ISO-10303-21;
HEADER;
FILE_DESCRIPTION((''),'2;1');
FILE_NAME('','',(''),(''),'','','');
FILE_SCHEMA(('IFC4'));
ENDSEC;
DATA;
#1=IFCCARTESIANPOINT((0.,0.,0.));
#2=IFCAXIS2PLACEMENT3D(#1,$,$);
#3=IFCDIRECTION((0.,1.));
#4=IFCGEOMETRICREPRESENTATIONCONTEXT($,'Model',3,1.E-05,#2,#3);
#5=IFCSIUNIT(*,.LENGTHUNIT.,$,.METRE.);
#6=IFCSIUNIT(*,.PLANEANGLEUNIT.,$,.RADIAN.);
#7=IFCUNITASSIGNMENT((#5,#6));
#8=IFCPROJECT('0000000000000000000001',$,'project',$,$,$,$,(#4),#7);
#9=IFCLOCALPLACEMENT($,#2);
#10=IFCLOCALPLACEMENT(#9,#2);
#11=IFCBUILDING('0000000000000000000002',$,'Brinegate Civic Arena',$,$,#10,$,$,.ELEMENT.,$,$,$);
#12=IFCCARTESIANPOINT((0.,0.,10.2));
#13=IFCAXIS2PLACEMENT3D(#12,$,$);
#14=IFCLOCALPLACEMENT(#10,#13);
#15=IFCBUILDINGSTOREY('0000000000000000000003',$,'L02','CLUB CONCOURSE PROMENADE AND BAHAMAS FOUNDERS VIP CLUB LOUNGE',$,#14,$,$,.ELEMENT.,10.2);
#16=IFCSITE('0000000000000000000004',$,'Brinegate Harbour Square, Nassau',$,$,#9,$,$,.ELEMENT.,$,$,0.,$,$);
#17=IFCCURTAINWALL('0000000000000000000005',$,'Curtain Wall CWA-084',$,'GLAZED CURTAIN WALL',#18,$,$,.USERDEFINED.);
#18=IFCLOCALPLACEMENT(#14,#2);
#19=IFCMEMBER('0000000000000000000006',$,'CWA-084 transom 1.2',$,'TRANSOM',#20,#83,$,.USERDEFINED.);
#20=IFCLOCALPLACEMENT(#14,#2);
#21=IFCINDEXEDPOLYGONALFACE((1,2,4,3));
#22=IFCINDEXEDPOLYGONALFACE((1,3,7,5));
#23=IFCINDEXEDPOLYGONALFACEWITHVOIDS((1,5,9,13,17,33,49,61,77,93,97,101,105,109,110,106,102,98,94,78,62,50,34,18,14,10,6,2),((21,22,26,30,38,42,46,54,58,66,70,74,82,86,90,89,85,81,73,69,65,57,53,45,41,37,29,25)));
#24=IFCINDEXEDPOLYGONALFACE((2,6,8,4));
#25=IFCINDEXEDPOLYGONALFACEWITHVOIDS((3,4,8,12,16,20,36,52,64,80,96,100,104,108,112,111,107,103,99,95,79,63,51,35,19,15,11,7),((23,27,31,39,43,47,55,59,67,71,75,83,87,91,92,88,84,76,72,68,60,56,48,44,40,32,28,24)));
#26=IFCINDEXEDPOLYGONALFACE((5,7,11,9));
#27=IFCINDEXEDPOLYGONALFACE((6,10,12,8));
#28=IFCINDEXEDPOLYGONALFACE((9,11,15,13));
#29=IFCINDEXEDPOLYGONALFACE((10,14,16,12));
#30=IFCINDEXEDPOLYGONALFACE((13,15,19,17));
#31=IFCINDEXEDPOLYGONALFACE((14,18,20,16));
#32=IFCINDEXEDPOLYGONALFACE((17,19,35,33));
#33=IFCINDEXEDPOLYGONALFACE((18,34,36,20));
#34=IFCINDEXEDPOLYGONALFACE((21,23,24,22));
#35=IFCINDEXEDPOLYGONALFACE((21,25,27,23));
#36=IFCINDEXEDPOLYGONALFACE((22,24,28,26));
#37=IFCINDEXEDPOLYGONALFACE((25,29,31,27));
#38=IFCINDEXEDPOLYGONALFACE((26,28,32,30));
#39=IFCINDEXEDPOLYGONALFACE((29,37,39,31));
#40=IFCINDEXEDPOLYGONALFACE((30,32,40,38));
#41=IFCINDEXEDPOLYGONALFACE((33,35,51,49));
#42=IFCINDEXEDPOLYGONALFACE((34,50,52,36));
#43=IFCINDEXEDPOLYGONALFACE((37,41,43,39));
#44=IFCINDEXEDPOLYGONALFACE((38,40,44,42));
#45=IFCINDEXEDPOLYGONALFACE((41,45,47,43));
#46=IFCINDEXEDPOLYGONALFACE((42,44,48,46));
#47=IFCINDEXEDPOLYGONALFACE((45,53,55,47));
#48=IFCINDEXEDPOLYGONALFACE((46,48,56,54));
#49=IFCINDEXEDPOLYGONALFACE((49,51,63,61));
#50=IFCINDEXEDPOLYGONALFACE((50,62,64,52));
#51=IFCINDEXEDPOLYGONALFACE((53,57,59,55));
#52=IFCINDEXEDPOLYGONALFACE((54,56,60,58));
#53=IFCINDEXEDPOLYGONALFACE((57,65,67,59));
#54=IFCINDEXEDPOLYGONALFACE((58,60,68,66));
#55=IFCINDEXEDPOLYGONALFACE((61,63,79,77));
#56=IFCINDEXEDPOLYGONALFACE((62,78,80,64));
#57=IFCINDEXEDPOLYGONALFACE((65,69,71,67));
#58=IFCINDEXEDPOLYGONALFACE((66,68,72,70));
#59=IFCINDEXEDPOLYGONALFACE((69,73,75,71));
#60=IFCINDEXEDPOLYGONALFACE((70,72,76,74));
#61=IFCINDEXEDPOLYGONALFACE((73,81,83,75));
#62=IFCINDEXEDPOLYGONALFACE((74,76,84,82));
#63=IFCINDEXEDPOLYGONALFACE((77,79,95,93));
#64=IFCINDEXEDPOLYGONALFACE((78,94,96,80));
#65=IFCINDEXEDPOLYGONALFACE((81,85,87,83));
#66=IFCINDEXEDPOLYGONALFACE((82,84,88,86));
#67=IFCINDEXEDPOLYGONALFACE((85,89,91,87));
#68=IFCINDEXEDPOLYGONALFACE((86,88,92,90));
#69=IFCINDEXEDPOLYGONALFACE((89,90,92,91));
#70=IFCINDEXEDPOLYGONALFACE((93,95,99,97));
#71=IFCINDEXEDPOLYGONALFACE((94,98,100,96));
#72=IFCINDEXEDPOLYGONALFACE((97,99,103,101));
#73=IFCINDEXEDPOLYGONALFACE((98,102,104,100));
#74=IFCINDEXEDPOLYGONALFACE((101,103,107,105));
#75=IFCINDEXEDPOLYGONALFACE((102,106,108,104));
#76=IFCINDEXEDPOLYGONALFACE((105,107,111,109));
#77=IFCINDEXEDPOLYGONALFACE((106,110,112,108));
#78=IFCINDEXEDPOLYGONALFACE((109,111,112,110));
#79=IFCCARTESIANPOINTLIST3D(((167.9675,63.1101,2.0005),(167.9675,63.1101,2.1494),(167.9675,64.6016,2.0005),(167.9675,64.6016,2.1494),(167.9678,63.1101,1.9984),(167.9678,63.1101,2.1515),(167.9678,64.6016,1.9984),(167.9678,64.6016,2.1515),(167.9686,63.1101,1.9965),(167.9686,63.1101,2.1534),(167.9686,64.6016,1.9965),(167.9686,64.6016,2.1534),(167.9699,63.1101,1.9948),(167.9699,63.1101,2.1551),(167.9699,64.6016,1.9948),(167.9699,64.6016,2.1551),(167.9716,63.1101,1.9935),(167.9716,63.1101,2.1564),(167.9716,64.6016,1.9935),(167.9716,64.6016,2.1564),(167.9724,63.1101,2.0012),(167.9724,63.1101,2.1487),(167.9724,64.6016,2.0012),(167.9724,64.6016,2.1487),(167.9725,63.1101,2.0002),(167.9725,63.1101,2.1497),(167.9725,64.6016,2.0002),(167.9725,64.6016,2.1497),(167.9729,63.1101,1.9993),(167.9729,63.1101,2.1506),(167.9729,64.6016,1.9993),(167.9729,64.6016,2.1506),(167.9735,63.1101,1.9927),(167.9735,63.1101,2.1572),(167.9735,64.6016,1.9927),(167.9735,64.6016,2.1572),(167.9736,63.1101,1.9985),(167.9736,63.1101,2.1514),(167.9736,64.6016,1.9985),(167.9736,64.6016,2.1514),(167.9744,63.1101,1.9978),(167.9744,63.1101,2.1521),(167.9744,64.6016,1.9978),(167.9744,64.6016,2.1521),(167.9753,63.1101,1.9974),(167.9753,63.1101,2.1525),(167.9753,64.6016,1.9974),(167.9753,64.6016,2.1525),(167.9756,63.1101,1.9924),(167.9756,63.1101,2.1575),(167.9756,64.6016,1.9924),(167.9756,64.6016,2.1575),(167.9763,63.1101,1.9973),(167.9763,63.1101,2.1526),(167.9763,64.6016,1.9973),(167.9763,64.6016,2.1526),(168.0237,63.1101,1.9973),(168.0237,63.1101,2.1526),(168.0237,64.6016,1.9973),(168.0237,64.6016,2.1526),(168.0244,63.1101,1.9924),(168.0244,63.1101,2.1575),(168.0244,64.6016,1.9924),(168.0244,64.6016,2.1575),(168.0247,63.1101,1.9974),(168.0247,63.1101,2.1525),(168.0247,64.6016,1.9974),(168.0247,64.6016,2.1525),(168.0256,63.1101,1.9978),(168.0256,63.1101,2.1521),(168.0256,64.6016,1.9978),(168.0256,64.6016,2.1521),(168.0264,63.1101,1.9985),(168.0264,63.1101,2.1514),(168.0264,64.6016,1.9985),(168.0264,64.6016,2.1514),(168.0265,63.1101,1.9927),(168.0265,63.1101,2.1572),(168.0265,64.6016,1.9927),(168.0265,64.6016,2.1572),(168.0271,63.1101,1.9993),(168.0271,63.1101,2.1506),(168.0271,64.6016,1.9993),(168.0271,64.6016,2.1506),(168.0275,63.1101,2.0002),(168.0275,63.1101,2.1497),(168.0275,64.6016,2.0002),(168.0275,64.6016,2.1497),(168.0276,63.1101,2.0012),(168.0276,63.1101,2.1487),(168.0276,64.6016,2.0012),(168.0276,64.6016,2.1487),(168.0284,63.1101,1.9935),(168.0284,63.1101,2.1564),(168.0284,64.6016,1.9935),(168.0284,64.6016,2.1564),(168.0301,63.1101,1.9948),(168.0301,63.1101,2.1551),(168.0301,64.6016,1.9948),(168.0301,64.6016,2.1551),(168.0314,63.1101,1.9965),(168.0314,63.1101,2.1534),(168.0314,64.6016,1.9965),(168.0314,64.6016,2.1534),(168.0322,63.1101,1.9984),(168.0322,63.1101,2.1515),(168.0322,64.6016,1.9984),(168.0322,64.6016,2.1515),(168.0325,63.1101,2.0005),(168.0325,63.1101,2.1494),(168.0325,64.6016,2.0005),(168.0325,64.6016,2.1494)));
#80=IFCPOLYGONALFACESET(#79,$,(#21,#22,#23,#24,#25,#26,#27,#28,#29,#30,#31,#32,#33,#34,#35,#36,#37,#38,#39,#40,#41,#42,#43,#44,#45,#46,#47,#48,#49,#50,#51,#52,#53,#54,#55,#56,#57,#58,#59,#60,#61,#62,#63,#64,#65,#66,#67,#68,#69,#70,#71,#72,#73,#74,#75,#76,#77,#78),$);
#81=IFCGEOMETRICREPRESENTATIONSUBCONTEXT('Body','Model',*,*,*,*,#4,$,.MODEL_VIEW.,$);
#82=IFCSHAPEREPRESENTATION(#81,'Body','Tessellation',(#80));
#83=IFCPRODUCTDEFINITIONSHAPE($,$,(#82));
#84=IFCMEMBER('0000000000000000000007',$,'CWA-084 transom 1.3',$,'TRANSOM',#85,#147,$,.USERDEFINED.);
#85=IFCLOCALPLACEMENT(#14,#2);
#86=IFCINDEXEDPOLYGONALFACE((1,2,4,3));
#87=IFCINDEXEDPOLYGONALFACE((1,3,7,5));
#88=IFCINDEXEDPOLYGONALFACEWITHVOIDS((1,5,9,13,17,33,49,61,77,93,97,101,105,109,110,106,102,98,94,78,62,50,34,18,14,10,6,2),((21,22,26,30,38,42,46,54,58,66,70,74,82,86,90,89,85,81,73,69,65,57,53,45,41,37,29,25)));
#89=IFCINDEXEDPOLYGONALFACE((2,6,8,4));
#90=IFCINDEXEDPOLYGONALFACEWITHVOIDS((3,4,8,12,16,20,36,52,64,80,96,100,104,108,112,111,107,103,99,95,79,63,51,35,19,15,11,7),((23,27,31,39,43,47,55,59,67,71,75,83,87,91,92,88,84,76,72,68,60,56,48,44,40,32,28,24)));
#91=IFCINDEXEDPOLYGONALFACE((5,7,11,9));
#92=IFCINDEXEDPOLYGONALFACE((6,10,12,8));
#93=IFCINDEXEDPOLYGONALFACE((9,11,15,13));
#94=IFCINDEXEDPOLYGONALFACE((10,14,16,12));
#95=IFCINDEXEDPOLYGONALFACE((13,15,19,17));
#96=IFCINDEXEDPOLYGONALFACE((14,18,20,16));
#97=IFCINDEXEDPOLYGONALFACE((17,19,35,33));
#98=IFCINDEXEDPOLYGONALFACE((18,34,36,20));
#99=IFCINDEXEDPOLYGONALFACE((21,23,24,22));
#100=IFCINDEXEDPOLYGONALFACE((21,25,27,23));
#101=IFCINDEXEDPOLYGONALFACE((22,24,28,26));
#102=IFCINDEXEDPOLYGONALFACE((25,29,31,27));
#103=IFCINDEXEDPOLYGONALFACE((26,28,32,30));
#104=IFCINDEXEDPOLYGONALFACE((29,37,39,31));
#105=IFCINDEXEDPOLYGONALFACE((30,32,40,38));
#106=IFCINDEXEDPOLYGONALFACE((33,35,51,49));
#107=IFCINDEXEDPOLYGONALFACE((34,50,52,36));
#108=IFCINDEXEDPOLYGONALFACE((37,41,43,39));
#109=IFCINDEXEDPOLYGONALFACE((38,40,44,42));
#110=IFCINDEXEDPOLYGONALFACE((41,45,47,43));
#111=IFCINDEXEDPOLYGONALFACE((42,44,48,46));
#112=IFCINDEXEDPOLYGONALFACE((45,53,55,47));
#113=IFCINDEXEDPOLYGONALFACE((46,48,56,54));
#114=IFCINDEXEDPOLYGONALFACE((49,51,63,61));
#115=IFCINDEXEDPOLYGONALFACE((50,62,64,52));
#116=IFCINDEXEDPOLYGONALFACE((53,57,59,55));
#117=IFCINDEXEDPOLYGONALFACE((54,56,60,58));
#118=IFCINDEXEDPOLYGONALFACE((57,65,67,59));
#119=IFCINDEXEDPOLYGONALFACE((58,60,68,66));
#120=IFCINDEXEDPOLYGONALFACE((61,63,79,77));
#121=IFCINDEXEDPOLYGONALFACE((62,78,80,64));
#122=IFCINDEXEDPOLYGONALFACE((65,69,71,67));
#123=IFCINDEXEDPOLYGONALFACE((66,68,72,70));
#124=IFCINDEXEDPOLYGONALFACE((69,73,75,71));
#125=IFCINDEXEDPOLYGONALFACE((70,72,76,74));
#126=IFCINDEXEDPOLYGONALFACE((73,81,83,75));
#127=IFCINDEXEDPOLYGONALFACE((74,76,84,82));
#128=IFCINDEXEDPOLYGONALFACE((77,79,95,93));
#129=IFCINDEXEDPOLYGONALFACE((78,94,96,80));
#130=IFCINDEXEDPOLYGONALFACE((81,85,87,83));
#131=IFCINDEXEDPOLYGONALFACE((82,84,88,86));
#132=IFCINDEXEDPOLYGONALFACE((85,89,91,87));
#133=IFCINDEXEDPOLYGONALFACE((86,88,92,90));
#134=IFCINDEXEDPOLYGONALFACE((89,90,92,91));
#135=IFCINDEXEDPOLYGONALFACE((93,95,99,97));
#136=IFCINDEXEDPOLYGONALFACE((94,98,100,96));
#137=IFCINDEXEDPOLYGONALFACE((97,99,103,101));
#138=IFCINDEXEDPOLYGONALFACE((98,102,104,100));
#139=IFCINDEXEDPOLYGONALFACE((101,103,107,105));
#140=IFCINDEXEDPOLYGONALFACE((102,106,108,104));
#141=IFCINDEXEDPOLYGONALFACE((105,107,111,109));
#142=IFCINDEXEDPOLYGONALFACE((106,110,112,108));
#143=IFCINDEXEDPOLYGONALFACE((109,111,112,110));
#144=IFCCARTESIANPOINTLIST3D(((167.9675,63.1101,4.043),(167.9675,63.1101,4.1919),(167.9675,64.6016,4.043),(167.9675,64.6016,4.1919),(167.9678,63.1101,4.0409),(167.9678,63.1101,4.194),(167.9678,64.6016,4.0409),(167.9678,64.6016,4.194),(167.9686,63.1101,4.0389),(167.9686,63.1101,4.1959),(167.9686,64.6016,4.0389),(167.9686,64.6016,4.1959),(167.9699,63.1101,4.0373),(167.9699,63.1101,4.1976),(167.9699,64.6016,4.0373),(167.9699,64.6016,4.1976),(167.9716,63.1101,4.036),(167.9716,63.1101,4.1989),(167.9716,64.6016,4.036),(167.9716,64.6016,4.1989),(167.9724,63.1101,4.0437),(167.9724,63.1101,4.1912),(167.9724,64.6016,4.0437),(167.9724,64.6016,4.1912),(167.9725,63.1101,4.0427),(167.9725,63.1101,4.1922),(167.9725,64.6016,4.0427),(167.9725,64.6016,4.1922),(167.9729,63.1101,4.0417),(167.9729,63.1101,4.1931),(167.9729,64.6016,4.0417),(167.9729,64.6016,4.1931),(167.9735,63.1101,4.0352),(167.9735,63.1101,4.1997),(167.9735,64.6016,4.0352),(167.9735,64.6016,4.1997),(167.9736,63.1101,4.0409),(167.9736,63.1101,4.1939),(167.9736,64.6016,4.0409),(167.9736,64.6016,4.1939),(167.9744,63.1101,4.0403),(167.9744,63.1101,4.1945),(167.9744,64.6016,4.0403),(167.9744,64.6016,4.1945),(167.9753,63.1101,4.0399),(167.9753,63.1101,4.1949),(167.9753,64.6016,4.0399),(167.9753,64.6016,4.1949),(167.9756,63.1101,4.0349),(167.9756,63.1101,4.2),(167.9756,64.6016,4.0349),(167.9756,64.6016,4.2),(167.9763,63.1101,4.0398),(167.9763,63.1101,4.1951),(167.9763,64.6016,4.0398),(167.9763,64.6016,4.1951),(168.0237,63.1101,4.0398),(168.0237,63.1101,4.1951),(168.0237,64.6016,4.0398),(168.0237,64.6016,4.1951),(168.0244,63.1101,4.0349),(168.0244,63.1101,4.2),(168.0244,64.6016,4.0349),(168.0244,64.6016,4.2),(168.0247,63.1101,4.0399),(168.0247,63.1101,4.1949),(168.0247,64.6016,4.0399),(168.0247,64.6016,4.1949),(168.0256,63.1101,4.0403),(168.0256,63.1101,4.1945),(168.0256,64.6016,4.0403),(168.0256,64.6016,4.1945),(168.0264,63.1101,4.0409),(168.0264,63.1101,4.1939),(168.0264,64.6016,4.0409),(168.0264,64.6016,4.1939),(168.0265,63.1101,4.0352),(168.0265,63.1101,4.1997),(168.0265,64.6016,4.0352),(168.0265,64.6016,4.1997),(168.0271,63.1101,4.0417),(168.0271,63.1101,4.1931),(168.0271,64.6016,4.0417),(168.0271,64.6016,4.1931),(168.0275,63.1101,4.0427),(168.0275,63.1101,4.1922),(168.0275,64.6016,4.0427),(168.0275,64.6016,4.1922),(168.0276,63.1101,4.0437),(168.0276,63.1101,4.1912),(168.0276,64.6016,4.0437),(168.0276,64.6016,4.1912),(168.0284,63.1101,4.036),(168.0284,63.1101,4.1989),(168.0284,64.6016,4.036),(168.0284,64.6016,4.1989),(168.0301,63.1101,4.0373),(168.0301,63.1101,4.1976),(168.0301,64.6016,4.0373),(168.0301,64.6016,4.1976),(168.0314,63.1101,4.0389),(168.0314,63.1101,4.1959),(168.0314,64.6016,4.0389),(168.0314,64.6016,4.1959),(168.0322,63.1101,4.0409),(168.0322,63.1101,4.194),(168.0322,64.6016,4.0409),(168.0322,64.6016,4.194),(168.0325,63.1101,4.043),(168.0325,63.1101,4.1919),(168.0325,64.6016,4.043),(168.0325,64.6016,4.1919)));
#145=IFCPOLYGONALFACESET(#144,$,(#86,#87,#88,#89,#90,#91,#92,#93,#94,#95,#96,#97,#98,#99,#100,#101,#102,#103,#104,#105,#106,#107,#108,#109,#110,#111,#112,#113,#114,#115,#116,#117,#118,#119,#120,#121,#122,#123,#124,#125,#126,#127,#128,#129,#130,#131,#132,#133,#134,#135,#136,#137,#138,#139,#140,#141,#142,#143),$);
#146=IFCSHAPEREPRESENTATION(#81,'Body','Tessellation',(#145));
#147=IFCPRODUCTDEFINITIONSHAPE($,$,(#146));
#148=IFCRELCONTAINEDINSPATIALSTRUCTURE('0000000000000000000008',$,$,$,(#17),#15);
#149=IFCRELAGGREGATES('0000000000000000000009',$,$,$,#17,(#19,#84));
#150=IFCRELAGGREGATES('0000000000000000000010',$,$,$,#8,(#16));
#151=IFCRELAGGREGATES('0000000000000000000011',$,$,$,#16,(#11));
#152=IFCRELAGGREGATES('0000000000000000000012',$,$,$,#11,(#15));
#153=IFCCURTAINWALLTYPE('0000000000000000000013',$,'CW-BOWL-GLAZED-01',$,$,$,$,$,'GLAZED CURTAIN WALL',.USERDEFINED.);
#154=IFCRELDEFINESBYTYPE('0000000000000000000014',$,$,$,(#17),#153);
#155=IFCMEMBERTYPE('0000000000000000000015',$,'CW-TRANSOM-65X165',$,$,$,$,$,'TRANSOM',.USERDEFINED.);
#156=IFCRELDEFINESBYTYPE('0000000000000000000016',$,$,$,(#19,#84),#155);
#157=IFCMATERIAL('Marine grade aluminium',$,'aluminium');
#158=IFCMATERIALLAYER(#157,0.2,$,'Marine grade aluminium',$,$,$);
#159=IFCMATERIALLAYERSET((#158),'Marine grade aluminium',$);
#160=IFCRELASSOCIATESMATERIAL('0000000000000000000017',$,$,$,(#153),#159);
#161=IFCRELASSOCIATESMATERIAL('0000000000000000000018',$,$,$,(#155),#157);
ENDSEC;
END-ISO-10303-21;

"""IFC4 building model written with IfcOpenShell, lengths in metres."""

from ifc_helpers import new_model, si_unit, direction, frame, origin, origin_2d, place, context, subcontext, project, spatial, hollow_rectangle, extrude, material, layer, layer_set, material_profile, profile_set, type_object, element, aggregate, save


model = new_model("IFC4")

# Units and contexts
model_context = context("Model", 3, precision=1e-05, world=origin(), true_north=direction((0.0, 1.0)))
body_context = subcontext(model_context, "Body", "Model", "MODEL_VIEW")
ifc_project = project(units=[si_unit("LENGTHUNIT", "METRE"), si_unit("PLANEANGLEUNIT", "RADIAN")], contexts=[model_context])

# Site, building, storey
site_placement = place(None, origin())
site = spatial("IfcSite", under=ifc_project, at=site_placement, Name="Brinegate Harbour Square, Nassau", CompositionType="ELEMENT", RefElevation=0.0)
building_placement = place(site_placement, origin())
building = spatial("IfcBuilding", under=site, at=building_placement, Name="Brinegate Civic Arena", CompositionType="ELEMENT")
storey_placement = place(building_placement, frame((0.0, 0.0, 10.2)))
storey = spatial("IfcBuildingStorey", under=building, at=storey_placement, Name="L02", Description="CLUB CONCOURSE PROMENADE AND BAHAMAS FOUNDERS VIP CLUB LOUNGE", CompositionType="ELEMENT", Elevation=10.2)

# Curtain wall, members
ifc_material_1 = material(Name="Marine grade aluminium", Category="aluminium")
ifc_layer_1 = layer(ifc_material_1, 0.2, Name="Marine grade aluminium")
ifc_layer_set_1 = layer_set([ifc_layer_1], Name="Marine grade aluminium")
curtain_wall_type = type_object("IfcCurtainWallType", Name="CW-BOWL-GLAZED-01", ElementType="GLAZED CURTAIN WALL", PredefinedType="USERDEFINED", material=ifc_layer_set_1)
curtain_wall_placement = place(storey_placement, origin())
curtain_wall = element("IfcCurtainWall", 1, at=curtain_wall_placement, inside=storey, type_object=curtain_wall_type, Name="Curtain Wall CWA-084", ObjectType="GLAZED CURTAIN WALL", PredefinedType="USERDEFINED")
ifc_material_profile_1 = material_profile(ifc_material_1, hollow_rectangle(XDim=0.0649, YDim=0.165, WallThickness=0.0049, InnerFilletRadius=0.0039, OuterFilletRadius=0.0081, at=origin_2d()), Name="TRN65X165")
ifc_profile_set_1 = profile_set([ifc_material_profile_1], Name="Marine grade aluminium")
member_type_1 = type_object("IfcMemberType", Name="CW-TRANSOM-65X165", ElementType="TRANSOM", PredefinedType="USERDEFINED", material=ifc_profile_set_1)
member_1_placement = place(storey_placement, frame((168.0, 63.1101, 2.075), z_axis=(0.0, 1.0, 0.0), x_axis=(-1.0, 0.0, 0.0)))
member_1 = element("IfcMember", 2, at=member_1_placement, type_object=member_type_1, Name="CWA-084 transom 1.2", ObjectType="TRANSOM", PredefinedType="USERDEFINED", context=body_context, shape_type="SweptSolid", body=[
    extrude(hollow_rectangle(XDim=0.0649, YDim=0.165, WallThickness=0.0049, InnerFilletRadius=0.0039, OuterFilletRadius=0.0081, at=origin_2d()), origin(), (0.0, 0.0, 1.0), 1.4915),
])
member_2_placement = place(storey_placement, frame((168.0, 63.1101, 4.1174), z_axis=(0.0, 1.0, 0.0), x_axis=(-1.0, 0.0, 0.0)))
member_2 = element("IfcMember", 3, at=member_2_placement, type_object=member_type_1, Name="CWA-084 transom 1.3", ObjectType="TRANSOM", PredefinedType="USERDEFINED", context=body_context, shape_type="SweptSolid", body=[
    extrude(hollow_rectangle(XDim=0.0649, YDim=0.165, WallThickness=0.0049, InnerFilletRadius=0.0039, OuterFilletRadius=0.0081, at=origin_2d()), origin(), (0.0, 0.0, 1.0), 1.4915),
])

aggregate(curtain_wall, [member_1, member_2])

save(model, "model.ifc")
